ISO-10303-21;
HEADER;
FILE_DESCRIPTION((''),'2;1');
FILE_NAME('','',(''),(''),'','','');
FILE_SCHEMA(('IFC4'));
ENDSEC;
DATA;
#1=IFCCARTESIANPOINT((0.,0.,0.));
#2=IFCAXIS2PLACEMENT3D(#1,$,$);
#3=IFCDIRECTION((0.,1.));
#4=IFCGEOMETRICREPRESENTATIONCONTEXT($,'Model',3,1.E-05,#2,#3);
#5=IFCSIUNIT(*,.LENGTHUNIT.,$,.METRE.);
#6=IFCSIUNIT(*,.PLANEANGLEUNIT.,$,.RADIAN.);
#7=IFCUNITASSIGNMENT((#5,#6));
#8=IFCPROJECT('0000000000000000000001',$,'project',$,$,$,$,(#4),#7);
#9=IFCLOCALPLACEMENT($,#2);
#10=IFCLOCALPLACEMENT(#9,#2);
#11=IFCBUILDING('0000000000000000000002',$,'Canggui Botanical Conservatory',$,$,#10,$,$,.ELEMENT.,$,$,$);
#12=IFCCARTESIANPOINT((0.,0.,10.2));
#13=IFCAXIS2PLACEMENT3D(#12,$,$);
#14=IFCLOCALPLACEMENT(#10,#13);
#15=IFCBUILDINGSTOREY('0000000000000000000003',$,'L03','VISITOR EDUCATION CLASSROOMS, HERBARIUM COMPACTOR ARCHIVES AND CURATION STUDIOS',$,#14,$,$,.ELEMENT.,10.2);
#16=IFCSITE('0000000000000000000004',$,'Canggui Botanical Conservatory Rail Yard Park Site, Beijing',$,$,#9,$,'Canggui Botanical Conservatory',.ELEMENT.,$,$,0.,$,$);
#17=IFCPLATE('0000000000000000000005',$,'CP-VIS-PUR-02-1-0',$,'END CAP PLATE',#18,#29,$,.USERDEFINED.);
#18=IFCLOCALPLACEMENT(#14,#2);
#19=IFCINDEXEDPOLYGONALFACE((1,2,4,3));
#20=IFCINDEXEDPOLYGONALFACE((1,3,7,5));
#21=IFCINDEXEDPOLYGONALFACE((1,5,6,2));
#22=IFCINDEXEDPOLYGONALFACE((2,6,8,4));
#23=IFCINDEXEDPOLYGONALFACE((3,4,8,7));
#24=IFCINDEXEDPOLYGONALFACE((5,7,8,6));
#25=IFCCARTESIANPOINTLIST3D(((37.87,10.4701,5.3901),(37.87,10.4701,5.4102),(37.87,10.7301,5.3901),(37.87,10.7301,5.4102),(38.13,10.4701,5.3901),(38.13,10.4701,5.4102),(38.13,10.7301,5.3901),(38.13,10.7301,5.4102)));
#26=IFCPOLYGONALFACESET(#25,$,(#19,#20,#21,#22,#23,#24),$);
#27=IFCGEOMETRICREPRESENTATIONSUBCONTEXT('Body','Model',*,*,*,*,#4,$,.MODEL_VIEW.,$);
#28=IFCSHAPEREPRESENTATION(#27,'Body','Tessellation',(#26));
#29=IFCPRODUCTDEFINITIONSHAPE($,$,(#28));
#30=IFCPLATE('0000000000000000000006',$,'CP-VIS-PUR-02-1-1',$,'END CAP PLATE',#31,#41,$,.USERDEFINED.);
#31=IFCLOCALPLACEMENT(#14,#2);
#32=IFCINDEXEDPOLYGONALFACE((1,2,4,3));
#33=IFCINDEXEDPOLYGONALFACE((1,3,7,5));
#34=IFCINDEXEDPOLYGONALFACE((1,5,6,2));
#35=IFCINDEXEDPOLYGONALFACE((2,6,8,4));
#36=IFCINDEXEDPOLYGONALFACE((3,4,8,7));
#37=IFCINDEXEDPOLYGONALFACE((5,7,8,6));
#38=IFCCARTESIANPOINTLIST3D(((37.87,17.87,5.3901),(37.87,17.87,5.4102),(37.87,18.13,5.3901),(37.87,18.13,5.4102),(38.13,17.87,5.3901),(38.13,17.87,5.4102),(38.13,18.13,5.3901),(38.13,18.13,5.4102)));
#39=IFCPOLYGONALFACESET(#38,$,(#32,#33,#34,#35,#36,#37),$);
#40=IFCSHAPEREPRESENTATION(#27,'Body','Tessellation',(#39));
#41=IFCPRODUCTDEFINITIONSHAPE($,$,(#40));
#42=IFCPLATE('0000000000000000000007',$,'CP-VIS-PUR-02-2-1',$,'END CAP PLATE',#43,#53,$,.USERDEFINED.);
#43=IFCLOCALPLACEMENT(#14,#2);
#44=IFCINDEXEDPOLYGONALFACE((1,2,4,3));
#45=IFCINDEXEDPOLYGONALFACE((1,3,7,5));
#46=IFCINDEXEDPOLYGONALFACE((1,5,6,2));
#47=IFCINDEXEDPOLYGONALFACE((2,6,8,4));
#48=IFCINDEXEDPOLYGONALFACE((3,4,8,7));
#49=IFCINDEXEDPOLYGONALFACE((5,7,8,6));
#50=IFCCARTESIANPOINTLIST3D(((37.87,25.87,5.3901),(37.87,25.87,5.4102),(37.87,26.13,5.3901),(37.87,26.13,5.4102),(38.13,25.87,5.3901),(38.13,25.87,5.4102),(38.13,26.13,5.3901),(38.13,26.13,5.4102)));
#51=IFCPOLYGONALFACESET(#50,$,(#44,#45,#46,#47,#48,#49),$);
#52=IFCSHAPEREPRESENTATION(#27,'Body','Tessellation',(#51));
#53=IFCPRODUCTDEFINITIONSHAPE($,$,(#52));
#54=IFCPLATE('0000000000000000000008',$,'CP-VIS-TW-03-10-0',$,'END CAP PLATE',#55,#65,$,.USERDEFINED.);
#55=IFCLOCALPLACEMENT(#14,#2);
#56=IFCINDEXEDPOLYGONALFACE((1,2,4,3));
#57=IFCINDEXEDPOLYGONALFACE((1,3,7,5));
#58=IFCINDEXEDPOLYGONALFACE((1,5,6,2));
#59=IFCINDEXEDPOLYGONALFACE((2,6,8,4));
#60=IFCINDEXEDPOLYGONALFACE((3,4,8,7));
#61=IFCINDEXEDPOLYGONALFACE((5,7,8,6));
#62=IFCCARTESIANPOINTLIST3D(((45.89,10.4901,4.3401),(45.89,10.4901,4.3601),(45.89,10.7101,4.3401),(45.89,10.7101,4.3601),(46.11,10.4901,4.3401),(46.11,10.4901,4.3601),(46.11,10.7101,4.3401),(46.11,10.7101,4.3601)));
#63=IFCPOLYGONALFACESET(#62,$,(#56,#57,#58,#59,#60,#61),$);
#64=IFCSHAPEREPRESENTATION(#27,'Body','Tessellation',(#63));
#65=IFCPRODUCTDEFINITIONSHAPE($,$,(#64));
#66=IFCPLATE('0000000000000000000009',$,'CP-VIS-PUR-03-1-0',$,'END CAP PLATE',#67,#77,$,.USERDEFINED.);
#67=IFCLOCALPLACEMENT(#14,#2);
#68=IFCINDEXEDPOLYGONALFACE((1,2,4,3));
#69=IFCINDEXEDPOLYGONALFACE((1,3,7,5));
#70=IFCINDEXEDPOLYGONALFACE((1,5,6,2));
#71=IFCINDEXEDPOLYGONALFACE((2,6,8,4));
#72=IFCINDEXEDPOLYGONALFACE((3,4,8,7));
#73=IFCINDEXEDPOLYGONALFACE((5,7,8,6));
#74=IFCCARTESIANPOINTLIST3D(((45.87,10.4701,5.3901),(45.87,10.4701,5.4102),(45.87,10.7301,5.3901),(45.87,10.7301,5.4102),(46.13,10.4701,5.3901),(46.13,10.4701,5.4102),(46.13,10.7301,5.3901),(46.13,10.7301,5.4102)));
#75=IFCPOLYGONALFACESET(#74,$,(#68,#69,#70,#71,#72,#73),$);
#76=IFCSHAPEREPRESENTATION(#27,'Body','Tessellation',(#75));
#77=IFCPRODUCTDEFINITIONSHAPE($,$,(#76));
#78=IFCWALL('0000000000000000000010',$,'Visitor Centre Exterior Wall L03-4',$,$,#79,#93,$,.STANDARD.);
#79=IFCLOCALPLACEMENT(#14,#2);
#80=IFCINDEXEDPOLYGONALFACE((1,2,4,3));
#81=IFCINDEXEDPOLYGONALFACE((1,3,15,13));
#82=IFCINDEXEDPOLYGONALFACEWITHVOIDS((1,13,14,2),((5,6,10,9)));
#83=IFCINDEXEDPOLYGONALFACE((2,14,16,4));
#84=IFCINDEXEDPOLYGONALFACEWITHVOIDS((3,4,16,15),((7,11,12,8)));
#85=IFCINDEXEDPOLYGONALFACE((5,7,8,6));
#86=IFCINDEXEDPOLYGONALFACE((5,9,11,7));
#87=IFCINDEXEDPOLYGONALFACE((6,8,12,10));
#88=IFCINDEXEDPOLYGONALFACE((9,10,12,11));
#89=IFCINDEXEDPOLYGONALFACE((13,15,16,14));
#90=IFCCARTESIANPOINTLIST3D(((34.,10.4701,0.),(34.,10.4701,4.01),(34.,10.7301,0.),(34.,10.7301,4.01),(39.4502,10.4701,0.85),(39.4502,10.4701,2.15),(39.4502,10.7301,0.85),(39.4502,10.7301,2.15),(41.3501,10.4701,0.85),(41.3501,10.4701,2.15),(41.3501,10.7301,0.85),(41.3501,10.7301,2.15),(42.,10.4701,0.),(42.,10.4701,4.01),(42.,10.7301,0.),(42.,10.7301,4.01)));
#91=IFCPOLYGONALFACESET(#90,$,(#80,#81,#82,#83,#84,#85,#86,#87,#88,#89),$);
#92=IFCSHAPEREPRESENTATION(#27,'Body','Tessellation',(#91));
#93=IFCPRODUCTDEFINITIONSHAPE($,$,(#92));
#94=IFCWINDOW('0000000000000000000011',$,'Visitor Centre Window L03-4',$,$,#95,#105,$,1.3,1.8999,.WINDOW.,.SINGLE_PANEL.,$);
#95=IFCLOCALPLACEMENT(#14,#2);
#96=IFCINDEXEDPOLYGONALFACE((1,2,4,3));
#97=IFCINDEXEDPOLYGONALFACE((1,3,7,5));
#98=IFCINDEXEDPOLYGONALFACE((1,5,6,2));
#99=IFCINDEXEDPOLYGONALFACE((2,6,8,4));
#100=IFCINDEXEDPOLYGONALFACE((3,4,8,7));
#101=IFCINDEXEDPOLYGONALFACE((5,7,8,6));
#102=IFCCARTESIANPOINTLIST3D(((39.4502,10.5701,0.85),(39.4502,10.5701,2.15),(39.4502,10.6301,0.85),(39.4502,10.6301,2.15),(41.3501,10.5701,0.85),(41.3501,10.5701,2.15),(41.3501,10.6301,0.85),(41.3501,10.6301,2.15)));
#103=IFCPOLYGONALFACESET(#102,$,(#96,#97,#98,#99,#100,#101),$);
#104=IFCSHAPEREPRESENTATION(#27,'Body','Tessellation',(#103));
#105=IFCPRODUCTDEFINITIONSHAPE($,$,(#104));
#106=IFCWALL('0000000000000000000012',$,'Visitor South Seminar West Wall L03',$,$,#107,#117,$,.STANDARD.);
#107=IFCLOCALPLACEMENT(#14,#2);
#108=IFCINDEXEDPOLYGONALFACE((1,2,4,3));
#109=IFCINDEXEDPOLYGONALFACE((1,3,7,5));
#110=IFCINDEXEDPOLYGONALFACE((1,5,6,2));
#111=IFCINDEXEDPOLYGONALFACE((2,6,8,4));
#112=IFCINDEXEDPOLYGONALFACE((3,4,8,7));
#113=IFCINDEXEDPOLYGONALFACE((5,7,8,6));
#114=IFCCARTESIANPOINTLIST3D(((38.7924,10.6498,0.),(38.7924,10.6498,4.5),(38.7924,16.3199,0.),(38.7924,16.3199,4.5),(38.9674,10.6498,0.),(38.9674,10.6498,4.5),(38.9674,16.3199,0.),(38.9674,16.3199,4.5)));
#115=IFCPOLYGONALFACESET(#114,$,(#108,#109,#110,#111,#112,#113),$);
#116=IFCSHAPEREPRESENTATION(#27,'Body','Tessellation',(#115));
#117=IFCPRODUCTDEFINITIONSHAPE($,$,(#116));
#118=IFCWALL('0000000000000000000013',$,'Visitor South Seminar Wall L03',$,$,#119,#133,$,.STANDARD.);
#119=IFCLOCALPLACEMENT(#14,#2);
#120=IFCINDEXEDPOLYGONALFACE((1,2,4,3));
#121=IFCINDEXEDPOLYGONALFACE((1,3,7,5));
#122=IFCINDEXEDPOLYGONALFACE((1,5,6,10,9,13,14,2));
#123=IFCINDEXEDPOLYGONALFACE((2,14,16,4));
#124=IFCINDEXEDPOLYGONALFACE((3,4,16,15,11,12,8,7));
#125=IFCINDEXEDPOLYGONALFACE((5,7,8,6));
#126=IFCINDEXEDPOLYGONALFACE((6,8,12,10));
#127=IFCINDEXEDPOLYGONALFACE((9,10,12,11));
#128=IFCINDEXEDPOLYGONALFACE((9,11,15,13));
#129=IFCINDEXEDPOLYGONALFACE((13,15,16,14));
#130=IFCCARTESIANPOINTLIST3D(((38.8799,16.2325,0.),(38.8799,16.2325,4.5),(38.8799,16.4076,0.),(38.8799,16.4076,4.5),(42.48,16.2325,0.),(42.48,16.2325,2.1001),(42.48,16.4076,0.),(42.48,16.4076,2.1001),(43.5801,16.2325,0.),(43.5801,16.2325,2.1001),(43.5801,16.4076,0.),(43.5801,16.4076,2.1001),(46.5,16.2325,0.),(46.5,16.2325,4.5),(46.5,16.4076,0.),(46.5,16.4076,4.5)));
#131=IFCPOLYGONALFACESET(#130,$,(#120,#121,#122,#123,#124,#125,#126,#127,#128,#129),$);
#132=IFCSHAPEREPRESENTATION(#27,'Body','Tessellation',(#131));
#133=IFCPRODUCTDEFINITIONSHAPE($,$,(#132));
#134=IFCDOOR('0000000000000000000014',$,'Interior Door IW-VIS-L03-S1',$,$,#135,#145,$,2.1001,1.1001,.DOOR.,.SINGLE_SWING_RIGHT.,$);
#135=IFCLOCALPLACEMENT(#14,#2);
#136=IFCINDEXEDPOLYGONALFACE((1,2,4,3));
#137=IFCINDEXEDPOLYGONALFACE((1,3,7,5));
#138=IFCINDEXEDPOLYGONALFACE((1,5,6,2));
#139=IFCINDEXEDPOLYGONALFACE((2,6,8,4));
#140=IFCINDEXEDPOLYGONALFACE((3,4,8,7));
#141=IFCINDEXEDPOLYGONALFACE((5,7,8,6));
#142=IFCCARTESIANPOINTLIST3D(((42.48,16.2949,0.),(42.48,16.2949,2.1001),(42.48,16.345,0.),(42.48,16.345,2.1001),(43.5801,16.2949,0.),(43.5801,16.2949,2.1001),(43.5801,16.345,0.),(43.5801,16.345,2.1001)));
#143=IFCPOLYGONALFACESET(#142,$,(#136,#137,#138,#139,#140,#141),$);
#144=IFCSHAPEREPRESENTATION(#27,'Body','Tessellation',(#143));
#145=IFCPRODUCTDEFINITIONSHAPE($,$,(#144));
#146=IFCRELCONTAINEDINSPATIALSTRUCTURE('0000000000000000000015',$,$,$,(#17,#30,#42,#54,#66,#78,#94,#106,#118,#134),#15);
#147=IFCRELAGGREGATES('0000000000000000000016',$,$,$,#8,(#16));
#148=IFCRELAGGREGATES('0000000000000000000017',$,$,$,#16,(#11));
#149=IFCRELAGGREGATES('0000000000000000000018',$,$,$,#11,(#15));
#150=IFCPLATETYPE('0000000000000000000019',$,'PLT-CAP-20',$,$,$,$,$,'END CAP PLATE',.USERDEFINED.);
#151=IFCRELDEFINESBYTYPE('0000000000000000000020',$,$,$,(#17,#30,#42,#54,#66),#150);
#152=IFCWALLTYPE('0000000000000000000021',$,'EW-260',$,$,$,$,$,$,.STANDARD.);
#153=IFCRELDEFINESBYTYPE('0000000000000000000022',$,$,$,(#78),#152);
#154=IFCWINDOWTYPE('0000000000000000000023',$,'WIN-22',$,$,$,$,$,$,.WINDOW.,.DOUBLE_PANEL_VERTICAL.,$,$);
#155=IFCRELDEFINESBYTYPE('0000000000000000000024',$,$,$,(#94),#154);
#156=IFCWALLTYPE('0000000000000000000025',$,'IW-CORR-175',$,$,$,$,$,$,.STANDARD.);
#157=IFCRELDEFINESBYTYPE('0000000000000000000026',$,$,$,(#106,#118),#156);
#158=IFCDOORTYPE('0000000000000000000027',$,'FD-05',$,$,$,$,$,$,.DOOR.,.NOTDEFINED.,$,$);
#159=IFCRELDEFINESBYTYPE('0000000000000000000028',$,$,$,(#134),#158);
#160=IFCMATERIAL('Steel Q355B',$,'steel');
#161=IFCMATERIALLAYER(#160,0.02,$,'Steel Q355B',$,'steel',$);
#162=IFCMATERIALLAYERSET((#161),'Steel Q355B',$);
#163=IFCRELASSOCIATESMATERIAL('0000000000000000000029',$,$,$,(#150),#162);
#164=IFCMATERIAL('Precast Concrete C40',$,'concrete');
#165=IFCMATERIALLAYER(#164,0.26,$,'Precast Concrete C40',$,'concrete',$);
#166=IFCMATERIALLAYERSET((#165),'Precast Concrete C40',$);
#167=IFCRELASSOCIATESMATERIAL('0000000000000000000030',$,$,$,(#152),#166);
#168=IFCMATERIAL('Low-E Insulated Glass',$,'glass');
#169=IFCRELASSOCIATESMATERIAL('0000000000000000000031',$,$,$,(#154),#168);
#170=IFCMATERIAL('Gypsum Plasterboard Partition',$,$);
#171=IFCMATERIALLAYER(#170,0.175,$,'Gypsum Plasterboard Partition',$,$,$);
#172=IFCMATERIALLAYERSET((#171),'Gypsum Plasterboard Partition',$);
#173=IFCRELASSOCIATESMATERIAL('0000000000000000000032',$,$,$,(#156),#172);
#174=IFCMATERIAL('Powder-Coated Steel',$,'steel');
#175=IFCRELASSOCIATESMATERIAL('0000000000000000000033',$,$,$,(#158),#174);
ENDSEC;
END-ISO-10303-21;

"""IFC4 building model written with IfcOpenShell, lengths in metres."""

from ifc_helpers import new_model, si_unit, direction, frame, frame_2d, origin, origin_2d, place, context, subcontext, project, spatial, rectangle, extrude, material, layer, layer_set, type_object, element, fill, save


model = new_model("IFC4")

# Units and contexts
model_context = context("Model", 3, precision=1e-05, world=origin(), true_north=direction((0.0, 1.0)))
body_context = subcontext(model_context, "Body", "Model", "MODEL_VIEW")
ifc_project = project(units=[si_unit("LENGTHUNIT", "METRE"), si_unit("PLANEANGLEUNIT", "RADIAN")], contexts=[model_context])

# Site, building, storey
site_placement = place(None, origin())
site = spatial("IfcSite", under=ifc_project, at=site_placement, Name="Canggui Botanical Conservatory Rail Yard Park Site, Beijing", LongName="Canggui Botanical Conservatory", CompositionType="ELEMENT", RefElevation=0.0)
building_placement = place(site_placement, origin())
building = spatial("IfcBuilding", under=site, at=building_placement, Name="Canggui Botanical Conservatory", CompositionType="ELEMENT")
storey_placement = place(building_placement, frame((0.0, 0.0, 10.2)))
storey = spatial("IfcBuildingStorey", under=building, at=storey_placement, Name="L03", Description="VISITOR EDUCATION CLASSROOMS, HERBARIUM COMPACTOR ARCHIVES AND CURATION STUDIOS", CompositionType="ELEMENT", Elevation=10.2)

# Shared definitions
ifc_material_1 = material(Name="Steel Q355B", Category="steel")

# Plates
ifc_layer_1 = layer(ifc_material_1, 0.02, Name="Steel Q355B", Category="steel")
ifc_layer_set_1 = layer_set([ifc_layer_1], Name="Steel Q355B")
plate_type = type_object("IfcPlateType", Name="PLT-CAP-20", ElementType="END CAP PLATE", PredefinedType="USERDEFINED", material=ifc_layer_set_1)
for number, where, z_axis, x_axis, name in (
    (1, (38.0, 10.6001, 5.3901), (0.0, 0.0, 1.0), (1.0, 0.0, 0.0), "CP-VIS-PUR-02-1-0"),
    (2, (38.0, 18.0, 5.3901), (0.0, 0.0, 1.0), (1.0, 0.0, 0.0), "CP-VIS-PUR-02-1-1"),
    (3, (38.0, 26.0, 5.3901), (0.0, 0.0, 1.0), (1.0, 0.0, 0.0), "CP-VIS-PUR-02-2-1"),
):
    element("IfcPlate", number, at=place(storey_placement, frame(where, z_axis=z_axis, x_axis=x_axis)), inside=storey, type_object=plate_type, Name=name, ObjectType="END CAP PLATE", PredefinedType="USERDEFINED", context=body_context, shape_type="SweptSolid", body=[
        extrude(rectangle(XDim=0.26, YDim=0.26, at=origin_2d()), origin(), (0.0, 0.0, 1.0), 0.02),
    ])
plate_1_placement = place(storey_placement, frame((46.0, 10.6001, 4.3401), z_axis=(0.0, 0.0, 1.0), x_axis=(1.0, 0.0, 0.0)))
element("IfcPlate", 4, at=plate_1_placement, inside=storey, type_object=plate_type, Name="CP-VIS-TW-03-10-0", ObjectType="END CAP PLATE", PredefinedType="USERDEFINED", context=body_context, shape_type="SweptSolid", body=[
    extrude(rectangle(XDim=0.22, YDim=0.22, at=origin_2d()), origin(), (0.0, 0.0, 1.0), 0.02),
])
plate_2_placement = place(storey_placement, frame((46.0, 10.6001, 5.3901), z_axis=(0.0, 0.0, 1.0), x_axis=(1.0, 0.0, 0.0)))
element("IfcPlate", 5, at=plate_2_placement, inside=storey, type_object=plate_type, Name="CP-VIS-PUR-03-1-0", ObjectType="END CAP PLATE", PredefinedType="USERDEFINED", context=body_context, shape_type="SweptSolid", body=[
    extrude(rectangle(XDim=0.26, YDim=0.26, at=origin_2d()), origin(), (0.0, 0.0, 1.0), 0.02),
])

# Wall, opening, window
ifc_material_2 = material(Name="Precast Concrete C40", Category="concrete")
ifc_layer_2 = layer(ifc_material_2, 0.26, Name="Precast Concrete C40", Category="concrete")
ifc_layer_set_2 = layer_set([ifc_layer_2], Name="Precast Concrete C40")
wall_type_1 = type_object("IfcWallType", Name="EW-260", PredefinedType="STANDARD", material=ifc_layer_set_2)
wall_1_placement = place(storey_placement, frame((42.0, 10.6001, 0.0), z_axis=(0.0, 0.0, 1.0), x_axis=(-1.0, 0.0, 0.0)))
wall_1 = element("IfcWall", 6, at=wall_1_placement, inside=storey, type_object=wall_type_1, Name="Visitor Centre Exterior Wall L03-4", PredefinedType="STANDARD", context=body_context, shape_type="SweptSolid", body=[
    extrude(rectangle(XDim=8.0, YDim=0.26, at=frame_2d((4.0, 0.0))), origin(), (0.0, 0.0, 1.0), 4.01),
])
opening_1_placement = place(wall_1_placement, frame((0.6499, 0.0, 0.8501)))
opening_1 = element("IfcOpeningElement", 7, at=opening_1_placement, cuts=wall_1, PredefinedType="OPENING", context=body_context, shape_type="SweptSolid", body=[
    extrude(rectangle(XDim=1.8999, YDim=1.3, at=frame_2d((0.95, 0.6499))), frame((0.0, 0.1401, 0.0), z_axis=(0.0, -1.0, 0.0), x_axis=(1.0, 0.0, 0.0)), (0.0, 0.0, 1.0), 0.28),
])
ifc_material_3 = material(Name="Low-E Insulated Glass", Category="glass")
window_type = type_object("IfcWindowType", Name="WIN-22", PartitioningType="DOUBLE_PANEL_VERTICAL", PredefinedType="WINDOW", material=ifc_material_3)
window_placement = place(opening_1_placement, origin())
window = element("IfcWindow", 8, at=window_placement, inside=storey, type_object=window_type, Name="Visitor Centre Window L03-4", OverallHeight=1.3, OverallWidth=1.8999, PartitioningType="SINGLE_PANEL", PredefinedType="WINDOW", context=body_context, shape_type="SweptSolid", body=[
    extrude(rectangle(XDim=1.8999, YDim=1.3, at=frame_2d((0.95, 0.6499))), frame((0.0, 0.03, 0.0), z_axis=(0.0, -1.0, 0.0), x_axis=(1.0, 0.0, 0.0)), (0.0, 0.0, 1.0), 0.0601),
])
fill(opening_1, window)

# Wall
ifc_material_4 = material(Name="Gypsum Plasterboard Partition")
ifc_layer_3 = layer(ifc_material_4, 0.175, Name="Gypsum Plasterboard Partition")
ifc_layer_set_3 = layer_set([ifc_layer_3], Name="Gypsum Plasterboard Partition")
wall_type_2 = type_object("IfcWallType", Name="IW-CORR-175", PredefinedType="STANDARD", material=ifc_layer_set_3)
wall_2_placement = place(storey_placement, frame((38.8799, 10.6499, 0.0), z_axis=(0.0, 0.0, 1.0), x_axis=(0.0, 1.0, 0.0)))
element("IfcWall", 9, at=wall_2_placement, inside=storey, type_object=wall_type_2, Name="Visitor South Seminar West Wall L03", PredefinedType="STANDARD", context=body_context, shape_type="SweptSolid", body=[
    extrude(rectangle(XDim=5.6702, YDim=0.175, at=frame_2d((2.835, 0.0))), origin(), (0.0, 0.0, 1.0), 4.5),
])

# Wall, opening, door
wall_3_placement = place(storey_placement, frame((38.8799, 16.3201, 0.0), z_axis=(0.0, 0.0, 1.0), x_axis=(1.0, 0.0, 0.0)))
wall_3 = element("IfcWall", 10, at=wall_3_placement, inside=storey, type_object=wall_type_2, Name="Visitor South Seminar Wall L03", PredefinedType="STANDARD", context=body_context, shape_type="SweptSolid", body=[
    extrude(rectangle(XDim=7.6201, YDim=0.175, at=frame_2d((3.8101, 0.0))), origin(), (0.0, 0.0, 1.0), 4.5),
])
opening_2_placement = place(wall_3_placement, frame((3.6001, 0.0, 0.0)))
opening_2 = element("IfcOpeningElement", 11, at=opening_2_placement, cuts=wall_3, PredefinedType="OPENING", context=body_context, shape_type="SweptSolid", body=[
    extrude(rectangle(XDim=1.1001, YDim=2.1001, at=frame_2d((0.55, 1.05))), frame((0.0, 0.0977, 0.0), z_axis=(0.0, -1.0, 0.0), x_axis=(1.0, 0.0, 0.0)), (0.0, 0.0, 1.0), 0.1951),
])
ifc_material_5 = material(Name="Powder-Coated Steel", Category="steel")
door_type = type_object("IfcDoorType", Name="FD-05", OperationType="NOTDEFINED", PredefinedType="DOOR", material=ifc_material_5)
door_placement = place(opening_2_placement, origin())
door = element("IfcDoor", 12, at=door_placement, inside=storey, type_object=door_type, Name="Interior Door IW-VIS-L03-S1", OperationType="SINGLE_SWING_RIGHT", OverallHeight=2.1001, OverallWidth=1.1001, PredefinedType="DOOR", context=body_context, shape_type="SweptSolid", body=[
    extrude(rectangle(XDim=1.1001, YDim=2.1001, at=frame_2d((0.55, 1.05))), frame((0.0, 0.0249, 0.0), z_axis=(0.0, -1.0, 0.0), x_axis=(1.0, 0.0, 0.0)), (0.0, 0.0, 1.0), 0.05),
])
fill(opening_2, door)

save(model, "model.ifc")
